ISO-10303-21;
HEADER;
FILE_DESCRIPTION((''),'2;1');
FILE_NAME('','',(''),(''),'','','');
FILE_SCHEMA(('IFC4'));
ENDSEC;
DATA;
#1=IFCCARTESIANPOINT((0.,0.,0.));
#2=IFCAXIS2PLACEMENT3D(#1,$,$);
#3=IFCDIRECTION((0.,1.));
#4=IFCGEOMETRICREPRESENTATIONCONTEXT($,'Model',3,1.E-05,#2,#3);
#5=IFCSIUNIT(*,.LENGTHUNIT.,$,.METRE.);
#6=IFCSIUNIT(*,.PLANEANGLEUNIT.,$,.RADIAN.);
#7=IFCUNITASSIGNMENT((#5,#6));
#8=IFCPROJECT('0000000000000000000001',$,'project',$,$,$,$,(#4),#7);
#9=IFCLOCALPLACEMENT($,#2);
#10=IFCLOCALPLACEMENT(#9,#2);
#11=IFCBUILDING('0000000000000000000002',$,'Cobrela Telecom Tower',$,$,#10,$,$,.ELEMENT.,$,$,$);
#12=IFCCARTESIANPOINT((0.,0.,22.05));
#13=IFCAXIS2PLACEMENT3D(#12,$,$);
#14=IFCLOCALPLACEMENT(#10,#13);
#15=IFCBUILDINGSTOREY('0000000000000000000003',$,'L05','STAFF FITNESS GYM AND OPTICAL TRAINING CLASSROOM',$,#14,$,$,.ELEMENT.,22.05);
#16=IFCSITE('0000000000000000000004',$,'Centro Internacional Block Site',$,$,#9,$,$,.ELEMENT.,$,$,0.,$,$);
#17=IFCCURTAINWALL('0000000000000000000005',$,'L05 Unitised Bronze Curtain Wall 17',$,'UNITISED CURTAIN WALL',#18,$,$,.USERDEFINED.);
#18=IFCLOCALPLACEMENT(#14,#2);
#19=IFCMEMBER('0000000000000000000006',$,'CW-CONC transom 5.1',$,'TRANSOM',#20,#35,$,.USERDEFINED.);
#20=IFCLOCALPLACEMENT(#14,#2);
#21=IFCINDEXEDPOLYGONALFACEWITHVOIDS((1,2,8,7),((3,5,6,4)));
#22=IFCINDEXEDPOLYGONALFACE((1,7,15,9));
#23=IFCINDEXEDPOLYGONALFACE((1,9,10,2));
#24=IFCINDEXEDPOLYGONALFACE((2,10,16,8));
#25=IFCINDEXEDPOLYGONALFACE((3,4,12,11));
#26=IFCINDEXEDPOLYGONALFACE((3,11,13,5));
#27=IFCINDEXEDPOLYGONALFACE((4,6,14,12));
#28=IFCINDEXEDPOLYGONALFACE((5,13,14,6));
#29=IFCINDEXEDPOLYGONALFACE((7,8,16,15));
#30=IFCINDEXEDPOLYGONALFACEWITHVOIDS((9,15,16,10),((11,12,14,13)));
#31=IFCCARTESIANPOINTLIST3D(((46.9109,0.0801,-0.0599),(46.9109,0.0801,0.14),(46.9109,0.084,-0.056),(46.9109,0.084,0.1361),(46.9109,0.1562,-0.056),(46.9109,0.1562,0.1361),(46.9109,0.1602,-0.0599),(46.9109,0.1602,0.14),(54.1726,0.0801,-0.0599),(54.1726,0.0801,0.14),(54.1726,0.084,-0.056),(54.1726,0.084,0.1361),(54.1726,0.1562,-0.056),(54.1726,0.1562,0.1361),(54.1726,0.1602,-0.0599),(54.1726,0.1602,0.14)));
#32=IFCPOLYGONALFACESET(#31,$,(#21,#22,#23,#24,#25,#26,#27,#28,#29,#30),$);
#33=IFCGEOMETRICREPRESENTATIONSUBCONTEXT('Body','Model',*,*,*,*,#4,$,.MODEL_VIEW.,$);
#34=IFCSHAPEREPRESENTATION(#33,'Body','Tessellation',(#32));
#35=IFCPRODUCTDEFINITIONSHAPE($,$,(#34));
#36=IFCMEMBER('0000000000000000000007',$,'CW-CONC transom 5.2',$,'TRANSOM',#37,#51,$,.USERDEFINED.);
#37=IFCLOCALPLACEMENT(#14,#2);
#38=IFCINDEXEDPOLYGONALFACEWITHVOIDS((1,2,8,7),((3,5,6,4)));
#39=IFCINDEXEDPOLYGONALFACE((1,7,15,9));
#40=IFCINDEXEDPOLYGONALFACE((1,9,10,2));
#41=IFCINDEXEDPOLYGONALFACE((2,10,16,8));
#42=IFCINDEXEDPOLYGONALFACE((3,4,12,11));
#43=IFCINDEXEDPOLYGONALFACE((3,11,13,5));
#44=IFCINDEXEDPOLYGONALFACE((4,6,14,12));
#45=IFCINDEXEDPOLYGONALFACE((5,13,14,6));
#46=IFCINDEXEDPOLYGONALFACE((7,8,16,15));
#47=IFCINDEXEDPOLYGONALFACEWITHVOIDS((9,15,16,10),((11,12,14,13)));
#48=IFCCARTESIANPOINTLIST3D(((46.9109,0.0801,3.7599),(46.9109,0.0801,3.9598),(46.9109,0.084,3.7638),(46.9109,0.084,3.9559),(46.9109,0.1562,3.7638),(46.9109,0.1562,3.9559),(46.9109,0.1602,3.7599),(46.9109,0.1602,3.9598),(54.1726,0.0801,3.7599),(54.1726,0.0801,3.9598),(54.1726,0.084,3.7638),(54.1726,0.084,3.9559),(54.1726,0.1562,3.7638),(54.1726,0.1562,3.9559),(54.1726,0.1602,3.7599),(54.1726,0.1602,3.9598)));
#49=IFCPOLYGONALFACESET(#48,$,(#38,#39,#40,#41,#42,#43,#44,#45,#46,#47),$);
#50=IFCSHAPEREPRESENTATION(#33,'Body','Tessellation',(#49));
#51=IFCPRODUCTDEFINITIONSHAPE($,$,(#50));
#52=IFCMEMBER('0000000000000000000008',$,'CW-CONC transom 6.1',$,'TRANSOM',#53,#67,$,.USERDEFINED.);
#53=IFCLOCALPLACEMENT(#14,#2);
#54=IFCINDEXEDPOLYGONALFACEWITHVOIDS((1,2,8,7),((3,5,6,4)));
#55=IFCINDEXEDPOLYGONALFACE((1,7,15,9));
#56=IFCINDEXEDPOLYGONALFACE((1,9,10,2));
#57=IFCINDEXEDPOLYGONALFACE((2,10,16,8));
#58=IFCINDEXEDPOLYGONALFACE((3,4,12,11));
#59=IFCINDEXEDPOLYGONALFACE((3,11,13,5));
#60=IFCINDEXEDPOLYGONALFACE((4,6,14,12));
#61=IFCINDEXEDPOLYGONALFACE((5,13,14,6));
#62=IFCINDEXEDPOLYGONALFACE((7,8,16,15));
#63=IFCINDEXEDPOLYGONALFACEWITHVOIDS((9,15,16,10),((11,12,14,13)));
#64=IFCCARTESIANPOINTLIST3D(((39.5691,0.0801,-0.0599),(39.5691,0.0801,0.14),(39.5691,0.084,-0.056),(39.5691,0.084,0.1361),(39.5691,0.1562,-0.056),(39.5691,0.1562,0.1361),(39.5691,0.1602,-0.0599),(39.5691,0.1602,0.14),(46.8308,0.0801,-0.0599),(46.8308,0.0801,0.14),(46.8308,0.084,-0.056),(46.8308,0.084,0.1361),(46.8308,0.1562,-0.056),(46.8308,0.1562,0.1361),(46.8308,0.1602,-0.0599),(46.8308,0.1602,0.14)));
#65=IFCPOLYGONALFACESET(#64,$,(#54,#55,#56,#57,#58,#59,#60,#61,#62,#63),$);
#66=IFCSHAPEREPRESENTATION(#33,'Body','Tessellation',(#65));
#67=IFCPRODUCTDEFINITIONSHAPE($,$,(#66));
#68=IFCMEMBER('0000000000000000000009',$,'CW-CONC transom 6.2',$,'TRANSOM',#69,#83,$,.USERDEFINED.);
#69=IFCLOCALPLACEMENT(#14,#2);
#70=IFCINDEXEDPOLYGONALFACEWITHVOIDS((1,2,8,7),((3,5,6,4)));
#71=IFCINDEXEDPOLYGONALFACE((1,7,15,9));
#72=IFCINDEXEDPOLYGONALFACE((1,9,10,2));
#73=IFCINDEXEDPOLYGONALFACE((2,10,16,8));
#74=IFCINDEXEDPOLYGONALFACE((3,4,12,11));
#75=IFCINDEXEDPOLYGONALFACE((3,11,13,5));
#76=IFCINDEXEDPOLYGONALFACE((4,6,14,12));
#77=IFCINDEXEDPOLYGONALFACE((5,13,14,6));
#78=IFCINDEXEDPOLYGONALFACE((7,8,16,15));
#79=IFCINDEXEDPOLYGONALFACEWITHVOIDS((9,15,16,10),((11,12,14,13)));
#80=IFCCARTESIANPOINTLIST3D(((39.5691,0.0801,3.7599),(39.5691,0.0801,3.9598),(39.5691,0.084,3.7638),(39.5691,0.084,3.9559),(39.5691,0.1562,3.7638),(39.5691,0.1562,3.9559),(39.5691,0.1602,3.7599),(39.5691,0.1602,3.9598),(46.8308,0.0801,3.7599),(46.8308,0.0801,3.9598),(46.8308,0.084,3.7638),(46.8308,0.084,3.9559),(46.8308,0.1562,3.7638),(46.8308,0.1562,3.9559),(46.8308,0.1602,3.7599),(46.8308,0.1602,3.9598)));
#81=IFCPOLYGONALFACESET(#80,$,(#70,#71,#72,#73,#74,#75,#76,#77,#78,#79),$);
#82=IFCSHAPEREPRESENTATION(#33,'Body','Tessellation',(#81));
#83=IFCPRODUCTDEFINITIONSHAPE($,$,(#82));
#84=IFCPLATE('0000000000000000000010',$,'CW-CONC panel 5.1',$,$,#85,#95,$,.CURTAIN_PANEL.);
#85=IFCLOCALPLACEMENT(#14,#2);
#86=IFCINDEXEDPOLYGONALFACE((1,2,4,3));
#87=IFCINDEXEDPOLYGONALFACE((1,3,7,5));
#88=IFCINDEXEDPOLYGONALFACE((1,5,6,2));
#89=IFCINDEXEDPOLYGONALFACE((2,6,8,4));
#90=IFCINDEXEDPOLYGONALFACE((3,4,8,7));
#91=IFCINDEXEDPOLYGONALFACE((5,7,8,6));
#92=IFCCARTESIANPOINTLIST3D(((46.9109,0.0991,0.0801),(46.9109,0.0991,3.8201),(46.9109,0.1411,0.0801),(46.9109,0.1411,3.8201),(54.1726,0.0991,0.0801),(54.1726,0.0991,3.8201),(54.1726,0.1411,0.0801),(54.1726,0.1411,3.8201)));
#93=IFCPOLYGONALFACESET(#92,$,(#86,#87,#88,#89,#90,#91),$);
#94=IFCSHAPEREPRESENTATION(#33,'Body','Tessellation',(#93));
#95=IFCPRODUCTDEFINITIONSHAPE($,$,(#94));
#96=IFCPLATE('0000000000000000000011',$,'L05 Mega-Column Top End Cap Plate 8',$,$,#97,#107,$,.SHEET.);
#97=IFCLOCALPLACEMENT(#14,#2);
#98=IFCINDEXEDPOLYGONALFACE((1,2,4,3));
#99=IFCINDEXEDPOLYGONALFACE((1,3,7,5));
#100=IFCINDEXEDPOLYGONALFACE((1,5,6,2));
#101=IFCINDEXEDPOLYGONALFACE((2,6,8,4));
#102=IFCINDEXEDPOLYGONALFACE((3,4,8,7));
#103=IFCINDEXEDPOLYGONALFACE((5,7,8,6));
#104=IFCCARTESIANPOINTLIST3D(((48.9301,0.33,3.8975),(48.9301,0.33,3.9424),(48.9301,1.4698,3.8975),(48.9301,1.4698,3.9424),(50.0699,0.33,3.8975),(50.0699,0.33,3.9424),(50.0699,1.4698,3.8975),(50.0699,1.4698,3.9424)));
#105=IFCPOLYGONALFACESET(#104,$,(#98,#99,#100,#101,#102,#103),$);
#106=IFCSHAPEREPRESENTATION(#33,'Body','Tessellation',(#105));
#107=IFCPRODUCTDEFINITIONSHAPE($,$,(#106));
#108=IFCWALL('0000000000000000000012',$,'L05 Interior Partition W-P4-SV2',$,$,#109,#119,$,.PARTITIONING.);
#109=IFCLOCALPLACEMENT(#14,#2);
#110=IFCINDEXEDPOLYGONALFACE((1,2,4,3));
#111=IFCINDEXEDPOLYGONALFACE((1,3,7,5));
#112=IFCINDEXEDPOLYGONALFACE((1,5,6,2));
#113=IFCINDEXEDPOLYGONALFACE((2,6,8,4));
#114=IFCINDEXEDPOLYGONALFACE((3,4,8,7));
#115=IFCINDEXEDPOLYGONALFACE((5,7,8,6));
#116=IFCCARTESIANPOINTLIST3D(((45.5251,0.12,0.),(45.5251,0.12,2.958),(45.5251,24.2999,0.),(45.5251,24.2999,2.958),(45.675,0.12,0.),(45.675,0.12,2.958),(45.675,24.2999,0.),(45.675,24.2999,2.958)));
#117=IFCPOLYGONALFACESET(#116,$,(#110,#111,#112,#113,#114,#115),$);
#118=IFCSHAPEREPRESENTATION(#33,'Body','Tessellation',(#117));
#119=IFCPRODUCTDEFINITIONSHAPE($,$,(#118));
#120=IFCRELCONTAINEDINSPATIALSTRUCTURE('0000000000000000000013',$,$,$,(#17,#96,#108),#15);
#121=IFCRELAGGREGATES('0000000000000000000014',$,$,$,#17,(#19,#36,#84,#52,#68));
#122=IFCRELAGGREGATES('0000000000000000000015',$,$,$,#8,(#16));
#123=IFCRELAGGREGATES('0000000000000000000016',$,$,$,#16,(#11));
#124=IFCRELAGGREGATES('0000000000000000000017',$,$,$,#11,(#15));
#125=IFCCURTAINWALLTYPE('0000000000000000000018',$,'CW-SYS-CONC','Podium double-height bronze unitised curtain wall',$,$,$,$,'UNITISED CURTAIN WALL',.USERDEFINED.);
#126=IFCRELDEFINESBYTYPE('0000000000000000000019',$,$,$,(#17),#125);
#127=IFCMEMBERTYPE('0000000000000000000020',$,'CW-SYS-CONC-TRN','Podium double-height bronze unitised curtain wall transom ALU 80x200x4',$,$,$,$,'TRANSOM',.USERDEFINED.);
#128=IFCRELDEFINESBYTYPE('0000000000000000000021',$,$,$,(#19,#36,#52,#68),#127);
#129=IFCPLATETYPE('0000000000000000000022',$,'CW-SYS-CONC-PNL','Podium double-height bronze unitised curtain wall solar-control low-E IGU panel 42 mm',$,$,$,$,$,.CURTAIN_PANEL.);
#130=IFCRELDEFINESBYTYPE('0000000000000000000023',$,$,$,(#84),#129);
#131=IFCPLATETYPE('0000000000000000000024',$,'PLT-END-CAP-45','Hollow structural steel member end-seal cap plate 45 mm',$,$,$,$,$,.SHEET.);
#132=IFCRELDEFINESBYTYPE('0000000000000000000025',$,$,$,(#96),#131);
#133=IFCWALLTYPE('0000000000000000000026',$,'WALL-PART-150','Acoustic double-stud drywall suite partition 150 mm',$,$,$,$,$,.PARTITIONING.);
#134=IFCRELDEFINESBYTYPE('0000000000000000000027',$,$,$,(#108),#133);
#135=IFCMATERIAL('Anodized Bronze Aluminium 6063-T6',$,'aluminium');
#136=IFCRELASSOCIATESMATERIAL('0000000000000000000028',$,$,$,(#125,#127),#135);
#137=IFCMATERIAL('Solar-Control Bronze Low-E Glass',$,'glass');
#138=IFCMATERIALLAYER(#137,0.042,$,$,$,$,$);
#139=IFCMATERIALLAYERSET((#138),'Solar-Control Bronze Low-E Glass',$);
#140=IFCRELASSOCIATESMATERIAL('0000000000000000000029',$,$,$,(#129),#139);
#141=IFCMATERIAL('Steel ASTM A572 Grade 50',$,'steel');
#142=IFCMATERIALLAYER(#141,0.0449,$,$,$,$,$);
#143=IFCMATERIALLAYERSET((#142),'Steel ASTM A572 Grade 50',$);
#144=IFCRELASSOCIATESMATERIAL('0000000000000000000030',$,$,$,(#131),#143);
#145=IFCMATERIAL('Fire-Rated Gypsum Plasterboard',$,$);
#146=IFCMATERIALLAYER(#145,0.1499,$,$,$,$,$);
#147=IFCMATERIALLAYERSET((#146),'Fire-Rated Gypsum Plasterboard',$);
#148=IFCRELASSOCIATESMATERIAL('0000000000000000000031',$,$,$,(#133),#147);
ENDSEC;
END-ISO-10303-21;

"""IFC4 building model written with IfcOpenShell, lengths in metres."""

from ifc_helpers import new_model, si_unit, direction, frame, frame_2d, origin, origin_2d, place, context, subcontext, project, spatial, rectangle, hollow_rectangle, extrude, material, layer, layer_set, material_profile, profile_set, type_object, element, aggregate, save


model = new_model("IFC4")

# Units and contexts
model_context = context("Model", 3, precision=1e-05, world=origin(), true_north=direction((0.0, 1.0)))
body_context = subcontext(model_context, "Body", "Model", "MODEL_VIEW")
ifc_project = project(units=[si_unit("LENGTHUNIT", "METRE"), si_unit("PLANEANGLEUNIT", "RADIAN")], contexts=[model_context])

# Site, building, storey
site_placement = place(None, origin())
site = spatial("IfcSite", under=ifc_project, at=site_placement, Name="Centro Internacional Block Site", CompositionType="ELEMENT", RefElevation=0.0)
building_placement = place(site_placement, origin())
building = spatial("IfcBuilding", under=site, at=building_placement, Name="Cobrela Telecom Tower", CompositionType="ELEMENT")
storey_placement = place(building_placement, frame((0.0, 0.0, 22.05)))
storey = spatial("IfcBuildingStorey", under=building, at=storey_placement, Name="L05", Description="STAFF FITNESS GYM AND OPTICAL TRAINING CLASSROOM", CompositionType="ELEMENT", Elevation=22.05)

# Shared definitions
ifc_material_1 = material(Name="Steel ASTM A572 Grade 50", Category="steel")

# Curtain wall, members, plate
ifc_material_2 = material(Name="Anodized Bronze Aluminium 6063-T6", Category="aluminium")
curtain_wall_type = type_object("IfcCurtainWallType", Name="CW-SYS-CONC", Description="Podium double-height bronze unitised curtain wall", ElementType="UNITISED CURTAIN WALL", PredefinedType="USERDEFINED", material=ifc_material_2)
curtain_wall_placement = place(storey_placement, origin())
curtain_wall = element("IfcCurtainWall", 1, at=curtain_wall_placement, inside=storey, type_object=curtain_wall_type, Name="L05 Unitised Bronze Curtain Wall 17", ObjectType="UNITISED CURTAIN WALL", PredefinedType="USERDEFINED")
ifc_material_profile_1 = material_profile(ifc_material_2, hollow_rectangle(XDim=0.0801, YDim=0.2, WallThickness=0.0039, at=origin_2d()), Name="ALU 80x200x4")
ifc_profile_set_1 = profile_set([ifc_material_profile_1], Name="Anodized Bronze Aluminium 6063-T6")
member_type_1 = type_object("IfcMemberType", Name="CW-SYS-CONC-TRN", Description="Podium double-height bronze unitised curtain wall transom ALU 80x200x4", ElementType="TRANSOM", PredefinedType="USERDEFINED", material=ifc_profile_set_1)
member_1_placement = place(storey_placement, frame((54.1726, 0.1201, 0.04), z_axis=(-1.0, 0.0, 0.0), x_axis=(0.0, -1.0, 0.0)))
member_1 = element("IfcMember", 2, at=member_1_placement, type_object=member_type_1, Name="CW-CONC transom 5.1", ObjectType="TRANSOM", PredefinedType="USERDEFINED", context=body_context, shape_type="SweptSolid", body=[
    extrude(hollow_rectangle(XDim=0.0801, YDim=0.2, WallThickness=0.0039, at=origin_2d()), origin(), (0.0, 0.0, 1.0), 7.2617),
])
member_2_placement = place(storey_placement, frame((54.1726, 0.1201, 3.8599), z_axis=(-1.0, 0.0, 0.0), x_axis=(0.0, -1.0, 0.0)))
member_2 = element("IfcMember", 3, at=member_2_placement, type_object=member_type_1, Name="CW-CONC transom 5.2", ObjectType="TRANSOM", PredefinedType="USERDEFINED", context=body_context, shape_type="SweptSolid", body=[
    extrude(hollow_rectangle(XDim=0.0801, YDim=0.2, WallThickness=0.0039, at=origin_2d()), origin(), (0.0, 0.0, 1.0), 7.2617),
])
member_3_placement = place(storey_placement, frame((46.8308, 0.1201, 0.04), z_axis=(-1.0, 0.0, 0.0), x_axis=(0.0, -1.0, 0.0)))
member_3 = element("IfcMember", 4, at=member_3_placement, type_object=member_type_1, Name="CW-CONC transom 6.1", ObjectType="TRANSOM", PredefinedType="USERDEFINED", context=body_context, shape_type="SweptSolid", body=[
    extrude(hollow_rectangle(XDim=0.0801, YDim=0.2, WallThickness=0.0039, at=origin_2d()), origin(), (0.0, 0.0, 1.0), 7.2617),
])
member_4_placement = place(storey_placement, frame((46.8308, 0.1201, 3.8599), z_axis=(-1.0, 0.0, 0.0), x_axis=(0.0, -1.0, 0.0)))
member_4 = element("IfcMember", 5, at=member_4_placement, type_object=member_type_1, Name="CW-CONC transom 6.2", ObjectType="TRANSOM", PredefinedType="USERDEFINED", context=body_context, shape_type="SweptSolid", body=[
    extrude(hollow_rectangle(XDim=0.0801, YDim=0.2, WallThickness=0.0039, at=origin_2d()), origin(), (0.0, 0.0, 1.0), 7.2617),
])
ifc_material_3 = material(Name="Solar-Control Bronze Low-E Glass", Category="glass")
ifc_layer_1 = layer(ifc_material_3, 0.042)
ifc_layer_set_1 = layer_set([ifc_layer_1], Name="Solar-Control Bronze Low-E Glass")
plate_type_1 = type_object("IfcPlateType", Name="CW-SYS-CONC-PNL", Description="Podium double-height bronze unitised curtain wall solar-control low-E IGU panel 42 mm", PredefinedType="CURTAIN_PANEL", material=ifc_layer_set_1)
plate_1_placement = place(storey_placement, frame((50.5417, 0.1201, 0.0801), z_axis=(0.0, 0.0, 1.0), x_axis=(-1.0, 0.0, 0.0)))
plate_1 = element("IfcPlate", 6, at=plate_1_placement, type_object=plate_type_1, Name="CW-CONC panel 5.1", PredefinedType="CURTAIN_PANEL", context=body_context, shape_type="SweptSolid", body=[
    extrude(rectangle(XDim=7.2617, YDim=0.042, at=origin_2d()), origin(), (0.0, 0.0, 1.0), 3.74),
])
aggregate(curtain_wall, [member_1, member_2, plate_1, member_3, member_4])

# Plate
ifc_layer_2 = layer(ifc_material_1, 0.0449)
ifc_layer_set_2 = layer_set([ifc_layer_2], Name="Steel ASTM A572 Grade 50")
plate_type_2 = type_object("IfcPlateType", Name="PLT-END-CAP-45", Description="Hollow structural steel member end-seal cap plate 45 mm", PredefinedType="SHEET", material=ifc_layer_set_2)
plate_2_placement = place(storey_placement, frame((49.5, 0.8999, 3.8975), z_axis=(0.0, 0.0, 1.0), x_axis=(1.0, 0.0, 0.0)))
element("IfcPlate", 7, at=plate_2_placement, inside=storey, type_object=plate_type_2, Name="L05 Mega-Column Top End Cap Plate 8", PredefinedType="SHEET", context=body_context, shape_type="SweptSolid", body=[
    extrude(rectangle(XDim=1.1399, YDim=1.1399, at=origin_2d()), origin(), (0.0, 0.0, 1.0), 0.0449),
])

# Wall
ifc_material_4 = material(Name="Fire-Rated Gypsum Plasterboard")
ifc_layer_3 = layer(ifc_material_4, 0.1499)
ifc_layer_set_3 = layer_set([ifc_layer_3], Name="Fire-Rated Gypsum Plasterboard")
wall_type = type_object("IfcWallType", Name="WALL-PART-150", Description="Acoustic double-stud drywall suite partition 150 mm", PredefinedType="PARTITIONING", material=ifc_layer_set_3)
wall_placement = place(storey_placement, frame((45.6001, 0.1201, 0.0), z_axis=(0.0, 0.0, 1.0), x_axis=(0.0, 1.0, 0.0)))
element("IfcWall", 8, at=wall_placement, inside=storey, type_object=wall_type, Name="L05 Interior Partition W-P4-SV2", PredefinedType="PARTITIONING", context=body_context, shape_type="SweptSolid", body=[
    extrude(rectangle(XDim=24.1799, YDim=0.1499, at=frame_2d((12.0898, 0.0))), origin(), (0.0, 0.0, 1.0), 2.958),
])

save(model, "model.ifc")
